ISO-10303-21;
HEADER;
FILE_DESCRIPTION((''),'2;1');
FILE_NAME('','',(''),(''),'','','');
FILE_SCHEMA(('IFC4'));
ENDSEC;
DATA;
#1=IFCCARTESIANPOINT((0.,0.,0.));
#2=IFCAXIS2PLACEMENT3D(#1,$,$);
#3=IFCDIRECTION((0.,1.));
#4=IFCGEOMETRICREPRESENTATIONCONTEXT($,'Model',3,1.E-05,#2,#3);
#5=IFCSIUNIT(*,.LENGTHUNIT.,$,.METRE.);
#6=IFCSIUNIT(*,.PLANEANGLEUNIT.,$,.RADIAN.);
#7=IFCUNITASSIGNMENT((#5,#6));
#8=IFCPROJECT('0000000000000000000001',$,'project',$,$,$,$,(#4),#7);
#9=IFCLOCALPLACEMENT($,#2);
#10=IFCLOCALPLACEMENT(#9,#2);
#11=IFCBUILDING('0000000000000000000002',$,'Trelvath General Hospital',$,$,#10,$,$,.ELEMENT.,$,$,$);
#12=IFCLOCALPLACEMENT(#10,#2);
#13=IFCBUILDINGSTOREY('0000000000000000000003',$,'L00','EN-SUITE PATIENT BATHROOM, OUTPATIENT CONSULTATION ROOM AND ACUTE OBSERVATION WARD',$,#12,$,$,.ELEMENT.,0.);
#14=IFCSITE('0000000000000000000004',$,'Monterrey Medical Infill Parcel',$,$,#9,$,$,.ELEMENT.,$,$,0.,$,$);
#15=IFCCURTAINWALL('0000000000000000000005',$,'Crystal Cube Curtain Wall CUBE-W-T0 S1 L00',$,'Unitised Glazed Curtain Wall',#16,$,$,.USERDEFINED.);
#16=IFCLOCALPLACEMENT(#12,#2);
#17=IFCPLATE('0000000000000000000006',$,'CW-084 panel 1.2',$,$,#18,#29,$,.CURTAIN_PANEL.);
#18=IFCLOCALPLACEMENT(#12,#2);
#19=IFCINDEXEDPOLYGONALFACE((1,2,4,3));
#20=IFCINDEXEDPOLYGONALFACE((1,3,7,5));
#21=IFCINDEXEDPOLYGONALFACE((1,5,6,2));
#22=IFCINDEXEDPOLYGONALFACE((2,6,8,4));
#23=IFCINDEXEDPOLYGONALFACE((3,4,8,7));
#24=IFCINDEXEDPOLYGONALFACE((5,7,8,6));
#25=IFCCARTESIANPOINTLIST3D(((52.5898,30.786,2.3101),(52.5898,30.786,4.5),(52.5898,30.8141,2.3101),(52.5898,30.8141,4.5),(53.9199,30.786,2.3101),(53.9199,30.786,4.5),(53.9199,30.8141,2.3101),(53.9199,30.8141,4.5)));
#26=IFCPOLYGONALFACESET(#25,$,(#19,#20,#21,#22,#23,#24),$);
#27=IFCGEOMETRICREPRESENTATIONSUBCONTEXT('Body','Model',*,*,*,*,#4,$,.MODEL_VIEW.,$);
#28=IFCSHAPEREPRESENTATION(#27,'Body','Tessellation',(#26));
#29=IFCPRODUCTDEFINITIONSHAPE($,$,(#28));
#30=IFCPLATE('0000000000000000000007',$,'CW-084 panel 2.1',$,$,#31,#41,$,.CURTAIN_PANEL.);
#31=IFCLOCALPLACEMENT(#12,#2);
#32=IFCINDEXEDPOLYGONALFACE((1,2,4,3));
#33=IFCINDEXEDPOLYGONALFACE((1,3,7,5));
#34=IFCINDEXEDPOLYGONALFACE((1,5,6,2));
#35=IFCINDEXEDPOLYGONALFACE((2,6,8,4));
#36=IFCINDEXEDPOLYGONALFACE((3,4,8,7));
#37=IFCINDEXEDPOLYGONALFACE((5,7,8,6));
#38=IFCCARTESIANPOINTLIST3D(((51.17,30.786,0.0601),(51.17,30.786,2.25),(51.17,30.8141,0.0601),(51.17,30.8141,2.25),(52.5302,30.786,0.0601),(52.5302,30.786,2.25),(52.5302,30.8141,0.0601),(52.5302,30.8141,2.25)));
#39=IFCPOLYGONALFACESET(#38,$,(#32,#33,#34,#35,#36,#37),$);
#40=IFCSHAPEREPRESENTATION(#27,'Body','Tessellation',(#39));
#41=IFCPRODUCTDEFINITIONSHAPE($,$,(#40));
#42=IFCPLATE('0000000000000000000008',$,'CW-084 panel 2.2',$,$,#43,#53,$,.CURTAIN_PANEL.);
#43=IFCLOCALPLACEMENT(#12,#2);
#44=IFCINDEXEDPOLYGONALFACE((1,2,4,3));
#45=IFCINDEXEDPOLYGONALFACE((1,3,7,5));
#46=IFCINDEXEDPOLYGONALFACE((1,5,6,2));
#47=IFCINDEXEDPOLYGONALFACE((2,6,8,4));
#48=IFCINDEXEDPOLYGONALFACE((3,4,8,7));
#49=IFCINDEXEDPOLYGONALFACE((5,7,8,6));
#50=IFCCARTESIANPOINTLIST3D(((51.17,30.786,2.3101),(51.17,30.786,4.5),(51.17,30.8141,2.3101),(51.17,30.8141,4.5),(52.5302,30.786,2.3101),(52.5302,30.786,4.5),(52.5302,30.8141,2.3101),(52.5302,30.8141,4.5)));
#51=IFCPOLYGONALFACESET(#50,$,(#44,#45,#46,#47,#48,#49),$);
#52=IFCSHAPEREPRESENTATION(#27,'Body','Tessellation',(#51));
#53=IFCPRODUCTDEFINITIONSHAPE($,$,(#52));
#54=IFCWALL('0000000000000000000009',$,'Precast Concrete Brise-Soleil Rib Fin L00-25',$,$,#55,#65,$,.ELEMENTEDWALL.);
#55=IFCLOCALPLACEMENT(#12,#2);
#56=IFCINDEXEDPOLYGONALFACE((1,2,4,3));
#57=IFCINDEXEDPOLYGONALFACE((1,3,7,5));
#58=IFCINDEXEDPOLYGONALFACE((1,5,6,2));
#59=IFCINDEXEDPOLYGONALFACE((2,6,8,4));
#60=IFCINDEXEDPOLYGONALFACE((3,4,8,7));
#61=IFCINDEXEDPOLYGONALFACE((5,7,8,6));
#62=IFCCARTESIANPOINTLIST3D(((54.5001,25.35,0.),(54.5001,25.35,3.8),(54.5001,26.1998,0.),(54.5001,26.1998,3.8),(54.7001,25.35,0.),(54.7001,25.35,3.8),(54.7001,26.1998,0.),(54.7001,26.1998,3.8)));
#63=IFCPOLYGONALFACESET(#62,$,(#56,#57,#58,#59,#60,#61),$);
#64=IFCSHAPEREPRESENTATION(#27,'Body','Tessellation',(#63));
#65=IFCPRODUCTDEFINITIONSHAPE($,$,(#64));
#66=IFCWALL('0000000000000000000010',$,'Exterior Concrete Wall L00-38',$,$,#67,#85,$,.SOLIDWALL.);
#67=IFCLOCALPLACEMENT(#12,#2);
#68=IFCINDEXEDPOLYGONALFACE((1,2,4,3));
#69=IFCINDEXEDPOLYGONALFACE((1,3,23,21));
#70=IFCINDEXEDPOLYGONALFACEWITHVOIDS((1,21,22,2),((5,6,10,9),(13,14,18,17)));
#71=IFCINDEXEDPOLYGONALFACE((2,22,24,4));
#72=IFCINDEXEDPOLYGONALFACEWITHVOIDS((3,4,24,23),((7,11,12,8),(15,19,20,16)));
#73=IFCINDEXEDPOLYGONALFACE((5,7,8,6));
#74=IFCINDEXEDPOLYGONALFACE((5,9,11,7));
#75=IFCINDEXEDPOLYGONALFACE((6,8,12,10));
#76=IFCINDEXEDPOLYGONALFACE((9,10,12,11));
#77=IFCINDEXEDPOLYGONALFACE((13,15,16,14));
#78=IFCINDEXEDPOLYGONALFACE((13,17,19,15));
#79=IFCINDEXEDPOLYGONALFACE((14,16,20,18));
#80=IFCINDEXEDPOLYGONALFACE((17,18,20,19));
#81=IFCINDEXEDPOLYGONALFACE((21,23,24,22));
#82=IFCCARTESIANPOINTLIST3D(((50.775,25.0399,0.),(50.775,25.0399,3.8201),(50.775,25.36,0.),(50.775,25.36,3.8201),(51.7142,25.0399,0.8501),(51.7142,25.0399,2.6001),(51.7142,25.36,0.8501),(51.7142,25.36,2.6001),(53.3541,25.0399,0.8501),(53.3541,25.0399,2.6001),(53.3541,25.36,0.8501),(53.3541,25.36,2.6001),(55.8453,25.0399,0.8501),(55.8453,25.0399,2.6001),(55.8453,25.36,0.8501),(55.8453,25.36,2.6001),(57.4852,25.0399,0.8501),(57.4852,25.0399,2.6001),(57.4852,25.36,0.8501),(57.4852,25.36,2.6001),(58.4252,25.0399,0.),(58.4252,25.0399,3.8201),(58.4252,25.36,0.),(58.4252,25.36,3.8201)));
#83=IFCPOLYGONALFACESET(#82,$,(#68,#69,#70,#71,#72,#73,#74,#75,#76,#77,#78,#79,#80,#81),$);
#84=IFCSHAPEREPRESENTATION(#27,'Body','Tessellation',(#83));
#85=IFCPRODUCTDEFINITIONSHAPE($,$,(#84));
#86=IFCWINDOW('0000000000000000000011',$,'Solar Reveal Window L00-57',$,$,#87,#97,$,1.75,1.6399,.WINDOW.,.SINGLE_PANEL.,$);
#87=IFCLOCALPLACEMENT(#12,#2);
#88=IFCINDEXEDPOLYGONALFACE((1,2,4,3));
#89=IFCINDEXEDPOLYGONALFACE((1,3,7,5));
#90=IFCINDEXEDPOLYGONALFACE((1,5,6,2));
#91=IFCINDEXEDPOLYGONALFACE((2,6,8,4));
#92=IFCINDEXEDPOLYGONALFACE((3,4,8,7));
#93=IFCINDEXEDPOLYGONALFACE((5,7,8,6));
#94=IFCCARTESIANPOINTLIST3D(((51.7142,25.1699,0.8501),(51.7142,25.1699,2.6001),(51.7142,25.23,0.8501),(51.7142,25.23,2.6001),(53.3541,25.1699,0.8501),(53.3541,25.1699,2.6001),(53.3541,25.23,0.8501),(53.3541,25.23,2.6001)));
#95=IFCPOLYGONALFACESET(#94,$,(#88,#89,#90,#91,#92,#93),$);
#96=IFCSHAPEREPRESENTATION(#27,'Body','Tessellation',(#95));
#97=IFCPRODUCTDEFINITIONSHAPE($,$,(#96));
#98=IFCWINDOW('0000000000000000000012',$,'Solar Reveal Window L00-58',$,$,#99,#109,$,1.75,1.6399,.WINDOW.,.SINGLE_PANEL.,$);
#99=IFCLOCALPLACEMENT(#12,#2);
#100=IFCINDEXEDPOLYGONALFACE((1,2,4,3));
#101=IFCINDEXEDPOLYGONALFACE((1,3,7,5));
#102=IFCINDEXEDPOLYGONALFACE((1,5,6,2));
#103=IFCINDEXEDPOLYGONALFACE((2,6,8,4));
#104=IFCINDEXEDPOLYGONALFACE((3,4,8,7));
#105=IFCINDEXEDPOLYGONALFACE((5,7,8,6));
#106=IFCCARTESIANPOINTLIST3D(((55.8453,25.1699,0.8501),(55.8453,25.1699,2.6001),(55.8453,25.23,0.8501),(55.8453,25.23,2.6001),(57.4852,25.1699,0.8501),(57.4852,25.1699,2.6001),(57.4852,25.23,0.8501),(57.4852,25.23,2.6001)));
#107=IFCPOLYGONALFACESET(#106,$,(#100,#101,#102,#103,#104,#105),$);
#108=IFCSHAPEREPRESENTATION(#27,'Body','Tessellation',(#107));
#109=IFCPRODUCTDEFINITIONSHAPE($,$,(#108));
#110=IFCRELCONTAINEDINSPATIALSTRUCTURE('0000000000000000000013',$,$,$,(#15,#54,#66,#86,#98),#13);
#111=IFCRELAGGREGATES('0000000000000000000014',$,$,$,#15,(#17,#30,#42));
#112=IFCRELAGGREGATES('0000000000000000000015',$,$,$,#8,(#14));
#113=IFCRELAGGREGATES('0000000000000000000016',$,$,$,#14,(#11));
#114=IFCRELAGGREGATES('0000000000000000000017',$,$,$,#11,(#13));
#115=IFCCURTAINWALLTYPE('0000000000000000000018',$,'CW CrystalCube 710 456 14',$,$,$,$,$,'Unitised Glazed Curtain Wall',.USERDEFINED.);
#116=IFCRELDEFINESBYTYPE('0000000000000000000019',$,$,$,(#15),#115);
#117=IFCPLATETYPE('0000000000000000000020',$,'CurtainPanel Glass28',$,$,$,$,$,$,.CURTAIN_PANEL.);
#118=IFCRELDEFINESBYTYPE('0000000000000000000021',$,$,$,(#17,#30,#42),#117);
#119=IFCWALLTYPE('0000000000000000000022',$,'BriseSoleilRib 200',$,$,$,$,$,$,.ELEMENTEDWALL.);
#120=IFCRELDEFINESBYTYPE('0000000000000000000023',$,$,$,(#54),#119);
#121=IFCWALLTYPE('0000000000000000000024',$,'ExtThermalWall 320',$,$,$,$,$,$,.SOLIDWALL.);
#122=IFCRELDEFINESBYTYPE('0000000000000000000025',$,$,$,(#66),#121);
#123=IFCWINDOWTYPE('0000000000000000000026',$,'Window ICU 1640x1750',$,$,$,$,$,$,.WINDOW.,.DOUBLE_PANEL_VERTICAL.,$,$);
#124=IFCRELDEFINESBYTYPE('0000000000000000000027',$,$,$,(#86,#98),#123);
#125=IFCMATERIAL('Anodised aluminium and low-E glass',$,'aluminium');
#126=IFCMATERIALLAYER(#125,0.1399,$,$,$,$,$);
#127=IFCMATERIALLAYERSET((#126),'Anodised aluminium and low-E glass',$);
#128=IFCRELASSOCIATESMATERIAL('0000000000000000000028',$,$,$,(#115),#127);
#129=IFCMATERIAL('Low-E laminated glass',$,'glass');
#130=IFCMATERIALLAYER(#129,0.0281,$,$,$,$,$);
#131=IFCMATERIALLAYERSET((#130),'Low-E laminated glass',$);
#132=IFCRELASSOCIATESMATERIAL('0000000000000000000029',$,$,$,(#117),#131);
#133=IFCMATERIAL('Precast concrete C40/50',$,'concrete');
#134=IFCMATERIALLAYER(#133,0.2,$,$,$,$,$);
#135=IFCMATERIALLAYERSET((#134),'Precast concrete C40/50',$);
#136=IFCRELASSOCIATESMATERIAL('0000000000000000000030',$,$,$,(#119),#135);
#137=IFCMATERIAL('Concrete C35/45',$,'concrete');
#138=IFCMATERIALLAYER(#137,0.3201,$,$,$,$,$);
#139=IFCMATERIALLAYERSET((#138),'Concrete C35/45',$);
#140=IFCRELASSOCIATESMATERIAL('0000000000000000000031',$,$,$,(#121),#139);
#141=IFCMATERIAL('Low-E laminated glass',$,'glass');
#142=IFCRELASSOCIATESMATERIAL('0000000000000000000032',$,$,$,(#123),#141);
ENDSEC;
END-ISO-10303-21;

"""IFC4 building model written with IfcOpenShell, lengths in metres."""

from ifc_helpers import new_model, si_unit, direction, frame, frame_2d, origin, origin_2d, place, context, subcontext, project, spatial, rectangle, extrude, material, layer, layer_set, type_object, element, fill, aggregate, save


model = new_model("IFC4")

# Units and contexts
model_context = context("Model", 3, precision=1e-05, world=origin(), true_north=direction((0.0, 1.0)))
body_context = subcontext(model_context, "Body", "Model", "MODEL_VIEW")
ifc_project = project(units=[si_unit("LENGTHUNIT", "METRE"), si_unit("PLANEANGLEUNIT", "RADIAN")], contexts=[model_context])

# Site, building, storey
site_placement = place(None, origin())
site = spatial("IfcSite", under=ifc_project, at=site_placement, Name="Monterrey Medical Infill Parcel", CompositionType="ELEMENT", RefElevation=0.0)
building_placement = place(site_placement, origin())
building = spatial("IfcBuilding", under=site, at=building_placement, Name="Trelvath General Hospital", CompositionType="ELEMENT")
storey_placement = place(building_placement, origin())
storey = spatial("IfcBuildingStorey", under=building, at=storey_placement, Name="L00", Description="EN-SUITE PATIENT BATHROOM, OUTPATIENT CONSULTATION ROOM AND ACUTE OBSERVATION WARD", CompositionType="ELEMENT", Elevation=0.0)

# Curtain wall
ifc_material_1 = material(Name="Anodised aluminium and low-E glass", Category="aluminium")
ifc_layer_1 = layer(ifc_material_1, 0.1399)
ifc_layer_set_1 = layer_set([ifc_layer_1], Name="Anodised aluminium and low-E glass")
curtain_wall_type_1 = type_object("IfcCurtainWallType", Name="CW CrystalCube 710 456 14", ElementType="Unitised Glazed Curtain Wall", PredefinedType="USERDEFINED", material=ifc_layer_set_1)
curtain_wall_1_placement = place(storey_placement, origin())
curtain_wall_1 = element("IfcCurtainWall", 1, at=curtain_wall_1_placement, inside=storey, type_object=curtain_wall_type_1, Name="Crystal Cube Curtain Wall CUBE-W-T0 S1 L00", ObjectType="Unitised Glazed Curtain Wall", PredefinedType="USERDEFINED")

# Plates
ifc_material_2 = material(Name="Low-E laminated glass", Category="glass")
ifc_layer_2 = layer(ifc_material_2, 0.0281)
ifc_layer_set_2 = layer_set([ifc_layer_2], Name="Low-E laminated glass")
plate_type = type_object("IfcPlateType", Name="CurtainPanel Glass28", PredefinedType="CURTAIN_PANEL", material=ifc_layer_set_2)
plate_1_placement = place(storey_placement, frame((53.2549, 30.8, 2.3101), z_axis=(0.0, 0.0, 1.0), x_axis=(-1.0, 0.0, 0.0)))
plate_1 = element("IfcPlate", 2, at=plate_1_placement, type_object=plate_type, Name="CW-084 panel 1.2", PredefinedType="CURTAIN_PANEL", context=body_context, shape_type="SweptSolid", body=[
    extrude(rectangle(XDim=1.3301, YDim=0.0281, at=origin_2d()), origin(), (0.0, 0.0, 1.0), 2.1899),
])
plate_2_placement = place(storey_placement, frame((51.8501, 30.8, 0.0601), z_axis=(0.0, 0.0, 1.0), x_axis=(-1.0, 0.0, 0.0)))
plate_2 = element("IfcPlate", 3, at=plate_2_placement, type_object=plate_type, Name="CW-084 panel 2.1", PredefinedType="CURTAIN_PANEL", context=body_context, shape_type="SweptSolid", body=[
    extrude(rectangle(XDim=1.3601, YDim=0.0281, at=origin_2d()), origin(), (0.0, 0.0, 1.0), 2.1899),
])
plate_3_placement = place(storey_placement, frame((51.8501, 30.8, 2.3101), z_axis=(0.0, 0.0, 1.0), x_axis=(-1.0, 0.0, 0.0)))
plate_3 = element("IfcPlate", 4, at=plate_3_placement, type_object=plate_type, Name="CW-084 panel 2.2", PredefinedType="CURTAIN_PANEL", context=body_context, shape_type="SweptSolid", body=[
    extrude(rectangle(XDim=1.3601, YDim=0.0281, at=origin_2d()), origin(), (0.0, 0.0, 1.0), 2.1899),
])
aggregate(curtain_wall_1, [plate_1, plate_2, plate_3])

# Wall
ifc_material_3 = material(Name="Precast concrete C40/50", Category="concrete")
ifc_layer_3 = layer(ifc_material_3, 0.2)
ifc_layer_set_3 = layer_set([ifc_layer_3], Name="Precast concrete C40/50")
wall_type_1 = type_object("IfcWallType", Name="BriseSoleilRib 200", PredefinedType="ELEMENTEDWALL", material=ifc_layer_set_3)
wall_1_placement = place(storey_placement, frame((54.6001, 25.3501, 0.0), z_axis=(0.0, 0.0, 1.0), x_axis=(0.0, 1.0, 0.0)))
element("IfcWall", 5, at=wall_1_placement, inside=storey, type_object=wall_type_1, Name="Precast Concrete Brise-Soleil Rib Fin L00-25", PredefinedType="ELEMENTEDWALL", context=body_context, shape_type="SweptSolid", body=[
    extrude(rectangle(XDim=0.8499, YDim=0.2, at=frame_2d((0.4248, 0.0))), origin(), (0.0, 0.0, 1.0), 3.8),
])

# Wall, openings, windows
ifc_material_4 = material(Name="Concrete C35/45", Category="concrete")
ifc_layer_4 = layer(ifc_material_4, 0.3201)
ifc_layer_set_4 = layer_set([ifc_layer_4], Name="Concrete C35/45")
wall_type_2 = type_object("IfcWallType", Name="ExtThermalWall 320", PredefinedType="SOLIDWALL", material=ifc_layer_set_4)
wall_2_placement = place(storey_placement, frame((50.7749, 25.2, 0.0), z_axis=(0.0, 0.0, 1.0), x_axis=(1.0, 0.0, 0.0)))
wall_2 = element("IfcWall", 6, at=wall_2_placement, inside=storey, type_object=wall_type_2, Name="Exterior Concrete Wall L00-38", PredefinedType="SOLIDWALL", context=body_context, shape_type="SweptSolid", body=[
    extrude(rectangle(XDim=7.6501, YDim=0.3201, at=frame_2d((3.8252, 0.0))), origin(), (0.0, 0.0, 1.0), 3.8201),
])
opening_1_placement = place(wall_2_placement, frame((0.9395, 0.0, 0.8501)))
opening_1 = element("IfcOpeningElement", 7, at=opening_1_placement, cuts=wall_2, PredefinedType="OPENING", context=body_context, shape_type="SweptSolid", body=[
    extrude(rectangle(XDim=1.6399, YDim=1.75, at=frame_2d((0.8198, 0.875))), frame((0.0, 0.1699, 0.0), z_axis=(0.0, -1.0, 0.0), x_axis=(1.0, 0.0, 0.0)), (0.0, 0.0, 1.0), 0.3401),
])
opening_2_placement = place(wall_2_placement, frame((5.0706, 0.0, 0.8501)))
opening_2 = element("IfcOpeningElement", 8, at=opening_2_placement, cuts=wall_2, PredefinedType="OPENING", context=body_context, shape_type="SweptSolid", body=[
    extrude(rectangle(XDim=1.6399, YDim=1.75, at=frame_2d((0.8198, 0.875))), frame((0.0, 0.1699, 0.0), z_axis=(0.0, -1.0, 0.0), x_axis=(1.0, 0.0, 0.0)), (0.0, 0.0, 1.0), 0.3401),
])
ifc_material_5 = material(Name="Low-E laminated glass", Category="glass")
window_type = type_object("IfcWindowType", Name="Window ICU 1640x1750", PartitioningType="DOUBLE_PANEL_VERTICAL", PredefinedType="WINDOW", material=ifc_material_5)
window_1_placement = place(opening_1_placement, origin())
window_1 = element("IfcWindow", 9, at=window_1_placement, inside=storey, type_object=window_type, Name="Solar Reveal Window L00-57", OverallHeight=1.75, OverallWidth=1.6399, PartitioningType="SINGLE_PANEL", PredefinedType="WINDOW", context=body_context, shape_type="SweptSolid", body=[
    extrude(rectangle(XDim=1.6399, YDim=1.75, at=frame_2d((0.8198, 0.875))), frame((0.0, 0.03, 0.0), z_axis=(0.0, -1.0, 0.0), x_axis=(1.0, 0.0, 0.0)), (0.0, 0.0, 1.0), 0.0601),
])
fill(opening_1, window_1)
window_2_placement = place(opening_2_placement, origin())
window_2 = element("IfcWindow", 10, at=window_2_placement, inside=storey, type_object=window_type, Name="Solar Reveal Window L00-58", OverallHeight=1.75, OverallWidth=1.6399, PartitioningType="SINGLE_PANEL", PredefinedType="WINDOW", context=body_context, shape_type="SweptSolid", body=[
    extrude(rectangle(XDim=1.6399, YDim=1.75, at=frame_2d((0.8198, 0.875))), frame((0.0, 0.03, 0.0), z_axis=(0.0, -1.0, 0.0), x_axis=(1.0, 0.0, 0.0)), (0.0, 0.0, 1.0), 0.0601),
])
fill(opening_2, window_2)

save(model, "model.ifc")
